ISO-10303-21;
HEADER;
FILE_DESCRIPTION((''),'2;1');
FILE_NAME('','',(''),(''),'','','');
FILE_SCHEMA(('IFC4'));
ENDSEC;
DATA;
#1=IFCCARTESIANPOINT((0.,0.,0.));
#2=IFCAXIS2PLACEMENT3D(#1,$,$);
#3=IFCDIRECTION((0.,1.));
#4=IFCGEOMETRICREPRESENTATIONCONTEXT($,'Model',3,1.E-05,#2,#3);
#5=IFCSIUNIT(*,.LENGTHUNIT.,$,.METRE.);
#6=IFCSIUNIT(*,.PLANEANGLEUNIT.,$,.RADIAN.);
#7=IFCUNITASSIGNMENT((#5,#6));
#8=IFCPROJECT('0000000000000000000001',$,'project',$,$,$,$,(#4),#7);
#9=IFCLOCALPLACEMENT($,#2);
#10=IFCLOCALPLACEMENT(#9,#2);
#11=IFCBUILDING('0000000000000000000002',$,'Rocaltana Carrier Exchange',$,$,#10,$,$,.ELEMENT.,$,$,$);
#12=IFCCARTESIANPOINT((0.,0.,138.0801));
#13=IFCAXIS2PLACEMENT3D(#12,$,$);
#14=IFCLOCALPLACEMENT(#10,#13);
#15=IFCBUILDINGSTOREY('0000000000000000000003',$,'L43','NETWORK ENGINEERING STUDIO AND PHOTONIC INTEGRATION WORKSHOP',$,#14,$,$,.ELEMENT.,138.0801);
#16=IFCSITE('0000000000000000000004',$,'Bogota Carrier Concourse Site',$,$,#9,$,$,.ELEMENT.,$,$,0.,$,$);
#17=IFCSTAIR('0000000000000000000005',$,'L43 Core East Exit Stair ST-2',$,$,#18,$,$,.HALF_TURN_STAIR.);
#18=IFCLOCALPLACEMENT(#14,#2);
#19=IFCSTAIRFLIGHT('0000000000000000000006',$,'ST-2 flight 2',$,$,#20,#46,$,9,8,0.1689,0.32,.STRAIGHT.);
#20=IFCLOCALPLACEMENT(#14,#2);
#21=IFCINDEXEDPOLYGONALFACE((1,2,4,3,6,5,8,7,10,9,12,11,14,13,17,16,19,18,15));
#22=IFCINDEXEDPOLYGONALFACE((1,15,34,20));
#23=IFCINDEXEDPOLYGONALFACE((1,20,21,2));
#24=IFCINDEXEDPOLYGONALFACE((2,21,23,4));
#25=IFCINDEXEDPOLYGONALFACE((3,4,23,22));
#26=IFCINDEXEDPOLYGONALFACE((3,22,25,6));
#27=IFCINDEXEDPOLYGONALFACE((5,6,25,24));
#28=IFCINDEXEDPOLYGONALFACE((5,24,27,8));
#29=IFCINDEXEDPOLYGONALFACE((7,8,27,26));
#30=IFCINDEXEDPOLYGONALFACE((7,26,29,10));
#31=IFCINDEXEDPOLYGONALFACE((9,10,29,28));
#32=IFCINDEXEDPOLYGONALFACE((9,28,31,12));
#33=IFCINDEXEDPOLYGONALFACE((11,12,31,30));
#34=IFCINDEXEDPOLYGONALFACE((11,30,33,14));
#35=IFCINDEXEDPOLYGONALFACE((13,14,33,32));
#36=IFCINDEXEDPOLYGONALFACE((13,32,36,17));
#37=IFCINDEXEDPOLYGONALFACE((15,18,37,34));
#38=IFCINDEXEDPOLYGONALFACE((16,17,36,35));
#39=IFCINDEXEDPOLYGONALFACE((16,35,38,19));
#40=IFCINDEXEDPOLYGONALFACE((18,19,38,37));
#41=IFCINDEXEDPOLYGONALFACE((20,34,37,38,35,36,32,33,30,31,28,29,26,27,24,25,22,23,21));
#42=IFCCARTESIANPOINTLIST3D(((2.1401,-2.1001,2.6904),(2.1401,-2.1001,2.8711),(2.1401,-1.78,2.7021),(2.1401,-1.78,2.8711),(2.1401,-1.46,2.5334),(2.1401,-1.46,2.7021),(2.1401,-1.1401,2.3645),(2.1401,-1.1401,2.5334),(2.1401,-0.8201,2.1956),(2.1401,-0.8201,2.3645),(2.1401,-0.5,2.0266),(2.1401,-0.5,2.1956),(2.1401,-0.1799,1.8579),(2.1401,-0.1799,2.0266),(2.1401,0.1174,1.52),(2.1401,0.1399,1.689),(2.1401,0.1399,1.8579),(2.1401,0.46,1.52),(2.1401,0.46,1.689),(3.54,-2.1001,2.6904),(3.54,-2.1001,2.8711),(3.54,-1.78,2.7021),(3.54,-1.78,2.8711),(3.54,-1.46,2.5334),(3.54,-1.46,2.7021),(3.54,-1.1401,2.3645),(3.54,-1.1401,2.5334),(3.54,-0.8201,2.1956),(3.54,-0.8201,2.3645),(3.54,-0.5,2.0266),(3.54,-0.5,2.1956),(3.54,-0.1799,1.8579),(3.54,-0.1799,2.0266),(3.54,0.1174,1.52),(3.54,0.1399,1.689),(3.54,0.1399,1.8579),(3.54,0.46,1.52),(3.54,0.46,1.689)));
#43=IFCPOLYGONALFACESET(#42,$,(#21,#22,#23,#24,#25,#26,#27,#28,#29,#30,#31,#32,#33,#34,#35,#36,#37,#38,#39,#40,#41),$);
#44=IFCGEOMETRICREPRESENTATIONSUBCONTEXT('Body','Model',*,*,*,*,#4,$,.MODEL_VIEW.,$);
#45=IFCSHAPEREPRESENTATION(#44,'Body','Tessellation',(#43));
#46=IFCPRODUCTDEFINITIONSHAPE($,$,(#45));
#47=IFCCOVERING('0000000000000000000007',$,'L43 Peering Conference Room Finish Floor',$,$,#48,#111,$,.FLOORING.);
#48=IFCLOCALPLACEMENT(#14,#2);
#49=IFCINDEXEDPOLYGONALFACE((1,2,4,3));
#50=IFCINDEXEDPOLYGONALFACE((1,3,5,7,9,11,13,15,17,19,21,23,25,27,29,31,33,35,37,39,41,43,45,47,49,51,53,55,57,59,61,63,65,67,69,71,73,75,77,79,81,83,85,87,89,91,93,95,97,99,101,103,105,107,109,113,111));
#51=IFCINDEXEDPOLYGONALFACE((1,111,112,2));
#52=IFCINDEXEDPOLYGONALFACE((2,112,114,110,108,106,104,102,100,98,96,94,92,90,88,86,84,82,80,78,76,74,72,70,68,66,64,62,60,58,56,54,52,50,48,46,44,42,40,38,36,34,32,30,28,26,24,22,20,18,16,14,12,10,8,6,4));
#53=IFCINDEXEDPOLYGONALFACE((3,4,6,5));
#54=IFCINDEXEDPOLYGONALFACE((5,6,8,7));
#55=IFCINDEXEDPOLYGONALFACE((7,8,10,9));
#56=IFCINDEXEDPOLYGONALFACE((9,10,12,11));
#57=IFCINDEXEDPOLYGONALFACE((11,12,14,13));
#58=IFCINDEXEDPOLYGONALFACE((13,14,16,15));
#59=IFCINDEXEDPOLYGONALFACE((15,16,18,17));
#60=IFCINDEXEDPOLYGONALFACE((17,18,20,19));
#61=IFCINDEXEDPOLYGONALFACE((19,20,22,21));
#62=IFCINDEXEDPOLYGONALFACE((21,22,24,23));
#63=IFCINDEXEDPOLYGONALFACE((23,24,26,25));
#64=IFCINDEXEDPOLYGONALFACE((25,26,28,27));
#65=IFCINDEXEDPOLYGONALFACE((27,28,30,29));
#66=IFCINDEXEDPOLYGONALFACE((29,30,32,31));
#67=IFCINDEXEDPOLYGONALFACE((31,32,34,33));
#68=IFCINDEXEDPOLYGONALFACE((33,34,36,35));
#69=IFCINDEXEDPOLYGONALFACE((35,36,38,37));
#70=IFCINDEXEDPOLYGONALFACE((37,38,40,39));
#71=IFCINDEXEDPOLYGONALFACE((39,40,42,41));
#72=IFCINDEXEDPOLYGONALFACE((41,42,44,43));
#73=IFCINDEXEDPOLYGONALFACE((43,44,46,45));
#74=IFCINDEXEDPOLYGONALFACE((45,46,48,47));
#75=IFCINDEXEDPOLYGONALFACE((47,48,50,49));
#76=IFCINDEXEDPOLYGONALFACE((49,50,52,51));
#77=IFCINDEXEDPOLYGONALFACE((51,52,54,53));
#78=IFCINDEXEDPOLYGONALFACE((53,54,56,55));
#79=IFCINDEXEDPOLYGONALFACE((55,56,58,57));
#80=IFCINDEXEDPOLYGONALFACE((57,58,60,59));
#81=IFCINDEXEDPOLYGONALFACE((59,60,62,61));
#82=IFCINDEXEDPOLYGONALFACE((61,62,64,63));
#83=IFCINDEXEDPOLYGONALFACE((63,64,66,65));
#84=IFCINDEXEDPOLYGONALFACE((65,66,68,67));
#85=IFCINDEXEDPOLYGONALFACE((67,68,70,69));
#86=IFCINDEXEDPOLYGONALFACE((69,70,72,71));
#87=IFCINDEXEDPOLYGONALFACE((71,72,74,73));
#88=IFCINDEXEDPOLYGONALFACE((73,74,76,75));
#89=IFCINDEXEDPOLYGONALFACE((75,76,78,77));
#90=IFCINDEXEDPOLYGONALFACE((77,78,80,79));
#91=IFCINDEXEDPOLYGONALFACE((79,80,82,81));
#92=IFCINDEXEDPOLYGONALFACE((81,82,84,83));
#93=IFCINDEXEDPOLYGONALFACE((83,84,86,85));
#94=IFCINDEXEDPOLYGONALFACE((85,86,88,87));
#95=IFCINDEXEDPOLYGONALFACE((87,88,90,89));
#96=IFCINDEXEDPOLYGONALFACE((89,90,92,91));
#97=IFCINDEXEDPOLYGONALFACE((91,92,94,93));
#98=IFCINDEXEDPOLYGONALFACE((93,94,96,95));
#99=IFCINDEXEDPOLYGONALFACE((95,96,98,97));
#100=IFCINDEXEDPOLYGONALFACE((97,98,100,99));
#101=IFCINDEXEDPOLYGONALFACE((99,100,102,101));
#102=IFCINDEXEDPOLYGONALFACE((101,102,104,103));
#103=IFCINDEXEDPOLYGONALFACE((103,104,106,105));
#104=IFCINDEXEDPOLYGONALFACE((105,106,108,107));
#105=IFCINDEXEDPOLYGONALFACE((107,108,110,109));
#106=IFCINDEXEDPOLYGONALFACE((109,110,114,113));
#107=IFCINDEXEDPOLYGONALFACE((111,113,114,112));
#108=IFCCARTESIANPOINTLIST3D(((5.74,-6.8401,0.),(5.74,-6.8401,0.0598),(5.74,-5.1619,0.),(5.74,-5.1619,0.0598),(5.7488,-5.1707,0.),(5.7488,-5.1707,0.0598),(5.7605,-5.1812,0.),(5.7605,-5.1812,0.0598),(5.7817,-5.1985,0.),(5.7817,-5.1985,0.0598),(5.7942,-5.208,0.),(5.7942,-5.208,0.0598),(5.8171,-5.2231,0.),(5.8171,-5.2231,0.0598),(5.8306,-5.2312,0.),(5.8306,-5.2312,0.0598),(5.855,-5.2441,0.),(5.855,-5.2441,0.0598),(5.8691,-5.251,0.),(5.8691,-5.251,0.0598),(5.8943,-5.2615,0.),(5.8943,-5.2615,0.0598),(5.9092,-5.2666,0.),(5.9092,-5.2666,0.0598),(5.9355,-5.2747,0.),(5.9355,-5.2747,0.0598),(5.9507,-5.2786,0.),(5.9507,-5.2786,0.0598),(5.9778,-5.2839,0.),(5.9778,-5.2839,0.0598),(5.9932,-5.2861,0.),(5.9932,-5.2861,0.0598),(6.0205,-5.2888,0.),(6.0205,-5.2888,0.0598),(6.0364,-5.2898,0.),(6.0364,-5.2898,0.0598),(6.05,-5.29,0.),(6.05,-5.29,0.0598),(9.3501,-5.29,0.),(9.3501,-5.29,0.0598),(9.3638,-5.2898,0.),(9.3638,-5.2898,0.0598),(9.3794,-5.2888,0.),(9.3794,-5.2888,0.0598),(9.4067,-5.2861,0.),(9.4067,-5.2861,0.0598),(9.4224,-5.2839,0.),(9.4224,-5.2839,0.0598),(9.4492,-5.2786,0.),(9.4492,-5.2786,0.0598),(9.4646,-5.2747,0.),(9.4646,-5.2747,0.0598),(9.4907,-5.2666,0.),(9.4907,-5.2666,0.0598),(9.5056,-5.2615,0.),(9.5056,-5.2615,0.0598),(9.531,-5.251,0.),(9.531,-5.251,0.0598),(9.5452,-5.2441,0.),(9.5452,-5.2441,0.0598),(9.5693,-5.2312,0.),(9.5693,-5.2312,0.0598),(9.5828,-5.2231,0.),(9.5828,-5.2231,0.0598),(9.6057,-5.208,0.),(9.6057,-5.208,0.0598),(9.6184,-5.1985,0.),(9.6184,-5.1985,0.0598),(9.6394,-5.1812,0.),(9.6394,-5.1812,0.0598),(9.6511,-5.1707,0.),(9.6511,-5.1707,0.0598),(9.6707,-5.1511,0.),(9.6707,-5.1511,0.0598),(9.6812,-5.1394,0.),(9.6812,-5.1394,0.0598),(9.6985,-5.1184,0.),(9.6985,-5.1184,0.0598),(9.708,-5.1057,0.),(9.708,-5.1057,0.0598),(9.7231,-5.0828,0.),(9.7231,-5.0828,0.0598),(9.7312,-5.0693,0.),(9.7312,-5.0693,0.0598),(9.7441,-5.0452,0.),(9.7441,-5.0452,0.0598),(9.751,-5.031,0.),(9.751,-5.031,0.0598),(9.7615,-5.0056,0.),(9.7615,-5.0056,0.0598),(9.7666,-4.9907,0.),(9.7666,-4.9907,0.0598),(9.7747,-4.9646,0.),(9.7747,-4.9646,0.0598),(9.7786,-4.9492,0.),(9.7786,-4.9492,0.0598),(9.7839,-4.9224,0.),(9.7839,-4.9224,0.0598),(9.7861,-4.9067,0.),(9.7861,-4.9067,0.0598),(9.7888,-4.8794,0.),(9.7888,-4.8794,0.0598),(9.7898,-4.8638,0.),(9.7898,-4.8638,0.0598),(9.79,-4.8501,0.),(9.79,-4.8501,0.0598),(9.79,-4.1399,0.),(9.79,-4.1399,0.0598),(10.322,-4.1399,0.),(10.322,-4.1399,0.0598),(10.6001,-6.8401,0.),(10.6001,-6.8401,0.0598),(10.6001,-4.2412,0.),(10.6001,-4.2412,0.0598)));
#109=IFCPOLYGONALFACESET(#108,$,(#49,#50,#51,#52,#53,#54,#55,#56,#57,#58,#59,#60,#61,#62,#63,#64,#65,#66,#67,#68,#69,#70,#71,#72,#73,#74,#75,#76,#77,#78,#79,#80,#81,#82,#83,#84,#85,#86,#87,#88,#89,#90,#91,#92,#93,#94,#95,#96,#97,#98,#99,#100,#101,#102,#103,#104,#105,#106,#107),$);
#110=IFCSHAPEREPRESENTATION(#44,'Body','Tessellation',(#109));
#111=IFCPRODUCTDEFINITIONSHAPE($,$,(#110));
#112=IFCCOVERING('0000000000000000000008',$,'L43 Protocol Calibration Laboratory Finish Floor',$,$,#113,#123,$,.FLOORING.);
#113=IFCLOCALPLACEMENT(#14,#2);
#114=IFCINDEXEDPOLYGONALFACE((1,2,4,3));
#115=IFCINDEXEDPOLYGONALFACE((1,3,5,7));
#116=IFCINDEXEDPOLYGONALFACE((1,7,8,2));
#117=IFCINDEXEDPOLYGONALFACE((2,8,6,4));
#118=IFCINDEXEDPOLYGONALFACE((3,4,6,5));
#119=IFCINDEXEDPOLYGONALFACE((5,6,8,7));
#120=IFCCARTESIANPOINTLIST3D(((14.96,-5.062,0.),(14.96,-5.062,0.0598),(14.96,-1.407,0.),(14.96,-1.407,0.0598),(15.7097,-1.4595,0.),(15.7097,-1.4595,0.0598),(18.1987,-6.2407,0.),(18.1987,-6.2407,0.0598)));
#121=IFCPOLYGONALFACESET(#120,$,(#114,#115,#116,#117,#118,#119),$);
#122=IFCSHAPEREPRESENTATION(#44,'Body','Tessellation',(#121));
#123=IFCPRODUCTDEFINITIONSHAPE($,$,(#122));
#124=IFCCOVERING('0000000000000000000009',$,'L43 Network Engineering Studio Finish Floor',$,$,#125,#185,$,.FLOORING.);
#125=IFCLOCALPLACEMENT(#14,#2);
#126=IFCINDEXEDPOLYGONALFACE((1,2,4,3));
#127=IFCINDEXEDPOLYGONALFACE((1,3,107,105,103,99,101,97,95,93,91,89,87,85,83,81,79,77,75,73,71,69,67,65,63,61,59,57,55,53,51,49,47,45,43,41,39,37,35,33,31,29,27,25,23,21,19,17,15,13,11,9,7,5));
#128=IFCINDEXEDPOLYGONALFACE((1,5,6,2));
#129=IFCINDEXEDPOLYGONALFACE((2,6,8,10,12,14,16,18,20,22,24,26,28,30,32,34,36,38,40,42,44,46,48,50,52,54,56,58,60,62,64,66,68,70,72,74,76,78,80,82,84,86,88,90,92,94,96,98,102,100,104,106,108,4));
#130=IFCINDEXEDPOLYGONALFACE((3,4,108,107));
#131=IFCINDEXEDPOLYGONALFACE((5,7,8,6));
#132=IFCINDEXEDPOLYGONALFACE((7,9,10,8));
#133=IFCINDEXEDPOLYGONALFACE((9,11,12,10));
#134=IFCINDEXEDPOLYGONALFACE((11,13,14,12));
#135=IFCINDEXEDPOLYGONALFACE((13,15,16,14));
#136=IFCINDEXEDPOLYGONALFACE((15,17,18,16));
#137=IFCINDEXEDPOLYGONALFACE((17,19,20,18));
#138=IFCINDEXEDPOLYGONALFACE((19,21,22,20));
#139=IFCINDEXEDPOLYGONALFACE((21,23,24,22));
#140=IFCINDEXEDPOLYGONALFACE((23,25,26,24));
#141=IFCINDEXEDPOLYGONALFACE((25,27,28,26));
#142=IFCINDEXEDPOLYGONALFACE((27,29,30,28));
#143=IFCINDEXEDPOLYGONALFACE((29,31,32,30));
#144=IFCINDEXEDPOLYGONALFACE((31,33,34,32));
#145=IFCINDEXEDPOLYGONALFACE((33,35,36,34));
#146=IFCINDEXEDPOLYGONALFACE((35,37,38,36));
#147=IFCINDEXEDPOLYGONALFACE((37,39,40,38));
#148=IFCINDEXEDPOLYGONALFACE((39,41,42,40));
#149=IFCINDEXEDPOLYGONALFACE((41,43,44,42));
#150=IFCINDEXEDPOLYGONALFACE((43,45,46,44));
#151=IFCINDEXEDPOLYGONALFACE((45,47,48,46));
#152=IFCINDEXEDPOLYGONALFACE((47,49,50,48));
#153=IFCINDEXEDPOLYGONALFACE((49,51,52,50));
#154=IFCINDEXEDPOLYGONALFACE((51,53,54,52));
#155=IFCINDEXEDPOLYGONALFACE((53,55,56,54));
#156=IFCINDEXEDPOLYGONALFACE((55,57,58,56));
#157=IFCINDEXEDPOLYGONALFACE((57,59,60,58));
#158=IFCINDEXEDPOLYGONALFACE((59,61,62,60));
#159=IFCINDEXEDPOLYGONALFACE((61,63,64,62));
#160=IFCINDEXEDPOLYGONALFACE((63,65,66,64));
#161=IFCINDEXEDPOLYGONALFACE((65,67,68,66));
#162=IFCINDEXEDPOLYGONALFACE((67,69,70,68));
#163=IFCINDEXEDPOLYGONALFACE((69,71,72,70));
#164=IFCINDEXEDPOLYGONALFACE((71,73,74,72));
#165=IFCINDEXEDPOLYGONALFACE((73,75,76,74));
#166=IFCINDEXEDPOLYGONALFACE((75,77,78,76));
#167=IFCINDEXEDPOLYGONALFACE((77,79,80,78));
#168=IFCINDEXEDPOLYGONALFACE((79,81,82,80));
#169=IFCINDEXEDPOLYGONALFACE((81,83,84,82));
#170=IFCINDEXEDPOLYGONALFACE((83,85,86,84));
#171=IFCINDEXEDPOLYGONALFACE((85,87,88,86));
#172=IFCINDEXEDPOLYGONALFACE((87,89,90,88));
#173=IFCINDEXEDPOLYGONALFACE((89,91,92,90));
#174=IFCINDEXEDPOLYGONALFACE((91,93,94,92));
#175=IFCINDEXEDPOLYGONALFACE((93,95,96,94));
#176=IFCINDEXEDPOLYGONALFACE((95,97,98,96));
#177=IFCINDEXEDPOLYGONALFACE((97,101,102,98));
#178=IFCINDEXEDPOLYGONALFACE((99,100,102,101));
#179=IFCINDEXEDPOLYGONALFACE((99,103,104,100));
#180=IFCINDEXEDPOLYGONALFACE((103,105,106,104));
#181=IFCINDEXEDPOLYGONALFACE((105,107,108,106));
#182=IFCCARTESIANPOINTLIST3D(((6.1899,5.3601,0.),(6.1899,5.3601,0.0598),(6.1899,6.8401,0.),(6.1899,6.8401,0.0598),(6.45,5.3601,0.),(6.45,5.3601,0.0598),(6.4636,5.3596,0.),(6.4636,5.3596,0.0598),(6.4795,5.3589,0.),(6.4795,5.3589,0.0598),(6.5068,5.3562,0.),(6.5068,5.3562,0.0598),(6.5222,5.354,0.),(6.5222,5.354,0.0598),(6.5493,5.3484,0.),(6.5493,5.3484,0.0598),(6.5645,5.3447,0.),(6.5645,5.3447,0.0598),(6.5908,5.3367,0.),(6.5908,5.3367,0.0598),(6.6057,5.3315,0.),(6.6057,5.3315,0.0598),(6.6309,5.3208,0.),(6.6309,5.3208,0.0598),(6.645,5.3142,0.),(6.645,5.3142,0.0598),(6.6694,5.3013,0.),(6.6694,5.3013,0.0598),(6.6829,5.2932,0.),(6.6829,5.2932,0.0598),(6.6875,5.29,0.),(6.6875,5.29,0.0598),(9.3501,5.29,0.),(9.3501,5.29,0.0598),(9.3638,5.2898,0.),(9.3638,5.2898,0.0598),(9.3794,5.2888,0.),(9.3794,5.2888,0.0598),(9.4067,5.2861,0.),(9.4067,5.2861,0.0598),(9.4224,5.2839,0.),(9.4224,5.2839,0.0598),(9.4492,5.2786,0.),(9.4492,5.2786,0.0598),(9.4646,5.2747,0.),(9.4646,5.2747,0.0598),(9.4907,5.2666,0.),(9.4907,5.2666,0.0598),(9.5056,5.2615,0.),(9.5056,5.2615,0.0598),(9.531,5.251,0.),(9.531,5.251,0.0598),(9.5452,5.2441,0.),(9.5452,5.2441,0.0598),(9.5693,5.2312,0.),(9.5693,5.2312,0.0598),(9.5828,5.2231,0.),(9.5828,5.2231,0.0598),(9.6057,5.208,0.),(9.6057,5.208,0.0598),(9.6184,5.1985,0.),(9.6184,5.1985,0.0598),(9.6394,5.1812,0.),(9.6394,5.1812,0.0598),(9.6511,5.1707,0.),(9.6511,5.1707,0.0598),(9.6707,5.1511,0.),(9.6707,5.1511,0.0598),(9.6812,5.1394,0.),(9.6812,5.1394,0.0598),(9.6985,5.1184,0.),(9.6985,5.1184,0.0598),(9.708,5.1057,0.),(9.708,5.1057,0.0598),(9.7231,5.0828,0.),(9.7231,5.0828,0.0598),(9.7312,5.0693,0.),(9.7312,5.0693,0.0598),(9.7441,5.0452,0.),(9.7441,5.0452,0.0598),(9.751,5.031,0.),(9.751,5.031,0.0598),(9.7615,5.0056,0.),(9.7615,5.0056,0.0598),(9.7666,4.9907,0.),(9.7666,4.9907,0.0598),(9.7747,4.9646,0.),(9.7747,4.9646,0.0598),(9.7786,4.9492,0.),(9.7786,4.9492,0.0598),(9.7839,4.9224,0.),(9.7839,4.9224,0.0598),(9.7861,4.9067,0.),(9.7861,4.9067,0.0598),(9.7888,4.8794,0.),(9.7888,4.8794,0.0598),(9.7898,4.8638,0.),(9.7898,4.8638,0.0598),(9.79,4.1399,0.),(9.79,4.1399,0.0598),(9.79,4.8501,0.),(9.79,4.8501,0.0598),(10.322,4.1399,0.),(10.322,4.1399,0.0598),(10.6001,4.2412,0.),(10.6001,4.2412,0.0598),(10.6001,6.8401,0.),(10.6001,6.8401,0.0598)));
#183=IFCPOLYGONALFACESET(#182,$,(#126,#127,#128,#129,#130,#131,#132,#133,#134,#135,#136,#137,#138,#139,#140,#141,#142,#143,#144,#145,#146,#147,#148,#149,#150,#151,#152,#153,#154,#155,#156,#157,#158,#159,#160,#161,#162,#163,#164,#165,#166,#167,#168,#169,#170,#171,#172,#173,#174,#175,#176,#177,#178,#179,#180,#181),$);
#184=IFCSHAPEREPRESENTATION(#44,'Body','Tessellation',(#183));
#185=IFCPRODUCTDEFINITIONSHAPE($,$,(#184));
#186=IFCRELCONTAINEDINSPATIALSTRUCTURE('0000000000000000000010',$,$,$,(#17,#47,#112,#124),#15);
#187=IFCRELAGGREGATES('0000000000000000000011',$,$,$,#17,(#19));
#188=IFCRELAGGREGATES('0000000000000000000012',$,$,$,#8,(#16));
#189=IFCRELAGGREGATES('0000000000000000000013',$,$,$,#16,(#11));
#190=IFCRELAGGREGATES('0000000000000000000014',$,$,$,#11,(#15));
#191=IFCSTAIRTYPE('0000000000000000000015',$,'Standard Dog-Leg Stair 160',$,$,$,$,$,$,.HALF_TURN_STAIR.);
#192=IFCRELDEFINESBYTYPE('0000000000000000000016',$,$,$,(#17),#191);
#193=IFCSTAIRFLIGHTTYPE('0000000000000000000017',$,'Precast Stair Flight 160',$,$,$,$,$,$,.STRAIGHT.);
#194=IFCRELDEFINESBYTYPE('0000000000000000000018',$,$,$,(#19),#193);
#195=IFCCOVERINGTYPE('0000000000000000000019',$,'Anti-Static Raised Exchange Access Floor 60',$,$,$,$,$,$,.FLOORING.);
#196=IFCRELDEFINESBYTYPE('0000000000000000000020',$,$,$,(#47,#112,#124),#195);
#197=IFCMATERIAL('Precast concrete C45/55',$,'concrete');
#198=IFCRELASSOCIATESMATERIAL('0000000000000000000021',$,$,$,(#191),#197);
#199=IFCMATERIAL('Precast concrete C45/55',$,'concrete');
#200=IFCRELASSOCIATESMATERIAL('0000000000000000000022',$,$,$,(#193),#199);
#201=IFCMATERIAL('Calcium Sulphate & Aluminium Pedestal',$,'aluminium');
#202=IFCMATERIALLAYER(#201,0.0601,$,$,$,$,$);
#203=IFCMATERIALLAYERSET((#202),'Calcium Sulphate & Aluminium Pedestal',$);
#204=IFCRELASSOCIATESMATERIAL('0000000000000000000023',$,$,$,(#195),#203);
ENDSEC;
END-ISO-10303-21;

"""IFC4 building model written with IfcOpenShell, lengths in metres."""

from ifc_helpers import new_model, si_unit, direction, frame, origin, place, context, subcontext, project, spatial, polyline, outline, extrude, material, layer, layer_set, type_object, element, aggregate, save


model = new_model("IFC4")

# Units and contexts
model_context = context("Model", 3, precision=1e-05, world=origin(), true_north=direction((0.0, 1.0)))
body_context = subcontext(model_context, "Body", "Model", "MODEL_VIEW")
ifc_project = project(units=[si_unit("LENGTHUNIT", "METRE"), si_unit("PLANEANGLEUNIT", "RADIAN")], contexts=[model_context])

# Site, building, storey
site_placement = place(None, origin())
site = spatial("IfcSite", under=ifc_project, at=site_placement, Name="Bogota Carrier Concourse Site", CompositionType="ELEMENT", RefElevation=0.0)
building_placement = place(site_placement, origin())
building = spatial("IfcBuilding", under=site, at=building_placement, Name="Rocaltana Carrier Exchange", CompositionType="ELEMENT")
storey_placement = place(building_placement, frame((0.0, 0.0, 138.0801)))
storey = spatial("IfcBuildingStorey", under=building, at=storey_placement, Name="L43", Description="NETWORK ENGINEERING STUDIO AND PHOTONIC INTEGRATION WORKSHOP", CompositionType="ELEMENT", Elevation=138.0801)

# Stair, stair flight
ifc_material_1 = material(Name="Precast concrete C45/55", Category="concrete")
stair_type = type_object("IfcStairType", Name="Standard Dog-Leg Stair 160", PredefinedType="HALF_TURN_STAIR", material=ifc_material_1)
stair_placement = place(storey_placement, origin())
stair = element("IfcStair", 1, at=stair_placement, inside=storey, type_object=stair_type, Name="L43 Core East Exit Stair ST-2", PredefinedType="HALF_TURN_STAIR")
ifc_material_2 = material(Name="Precast concrete C45/55", Category="concrete")
stair_flight_type = type_object("IfcStairFlightType", Name="Precast Stair Flight 160", PredefinedType="STRAIGHT", material=ifc_material_2)
stair_flight_placement = place(storey_placement, frame((2.8401, 0.46, 1.52), z_axis=(0.0, 0.0, 1.0), x_axis=(0.0, -1.0, 0.0)))
stair_flight = element("IfcStairFlight", 2, at=stair_flight_placement, type_object=stair_flight_type, Name="ST-2 flight 2", NumberOfRisers=9, NumberOfTreads=8, PredefinedType="STRAIGHT", RiserHeight=0.1689, TreadLength=0.32, context=body_context, shape_type="SweptSolid", body=[
    extrude(outline(polyline([(0.0, 0.0), (0.0, 0.1689), (0.3201, 0.1689), (0.3201, 0.3379), (0.6399, 0.3379), (0.6399, 0.5066), (0.96, 0.5066), (0.96, 0.6755), (1.28, 0.6755), (1.28, 0.8445), (1.6001, 0.8445), (1.6001, 1.0134), (1.9199, 1.0134), (1.9199, 1.1821), (2.24, 1.1821), (2.24, 1.3511), (2.5601, 1.3511), (2.5601, 1.52), (2.5601, 1.1704), (0.3425, 0.0), (0.0, 0.0)])), frame((0.0, 0.7, 0.0), z_axis=(0.0, -1.0, 0.0), x_axis=(1.0, 0.0, 0.0)), (0.0, 0.0, 1.0), 1.3999),
])
aggregate(stair, [stair_flight])

# Coverings
ifc_material_3 = material(Name="Calcium Sulphate & Aluminium Pedestal", Category="aluminium")
ifc_layer_1 = layer(ifc_material_3, 0.0601)
ifc_layer_set_1 = layer_set([ifc_layer_1], Name="Calcium Sulphate & Aluminium Pedestal")
covering_type_1 = type_object("IfcCoveringType", Name="Anti-Static Raised Exchange Access Floor 60", PredefinedType="FLOORING", material=ifc_layer_set_1)
covering_1_placement = place(storey_placement, origin())
element("IfcCovering", 3, at=covering_1_placement, inside=storey, type_object=covering_type_1, Name="L43 Peering Conference Room Finish Floor", PredefinedType="FLOORING", context=body_context, shape_type="SweptSolid", body=[
    extrude(outline(polyline([(5.74, -6.8401), (5.74, -5.1619), (5.7488, -5.1707), (5.7605, -5.1812), (5.7817, -5.1985), (5.7942, -5.208), (5.8171, -5.2231), (5.8306, -5.2312), (5.855, -5.2441), (5.8691, -5.251), (5.8943, -5.2615), (5.9092, -5.2666), (5.9355, -5.2747), (5.9507, -5.2786), (5.9778, -5.2839), (5.9932, -5.2861), (6.0205, -5.2888), (6.0364, -5.2898), (6.05, -5.29), (9.3501, -5.29), (9.3638, -5.2898), (9.3794, -5.2888), (9.4067, -5.2861), (9.4224, -5.2839), (9.4492, -5.2786), (9.4646, -5.2747), (9.4907, -5.2666), (9.5056, -5.2615), (9.531, -5.251), (9.5452, -5.2441), (9.5693, -5.2312), (9.5828, -5.2231), (9.6057, -5.208), (9.6184, -5.1985), (9.6394, -5.1812), (9.6511, -5.1707), (9.6707, -5.1511), (9.6812, -5.1394), (9.6985, -5.1184), (9.708, -5.1057), (9.7231, -5.0828), (9.7312, -5.0693), (9.7441, -5.0452), (9.751, -5.031), (9.7615, -5.0056), (9.7666, -4.9907), (9.7747, -4.9646), (9.7786, -4.9492), (9.7839, -4.9224), (9.7861, -4.9067), (9.7888, -4.8794), (9.7898, -4.8638), (9.79, -4.8501), (9.79, -4.1399), (10.322, -4.1399), (10.6001, -4.2412), (10.6001, -6.8401), (5.74, -6.8401)])), origin(), (0.0, 0.0, 1.0), 0.0598),
])
covering_2_placement = place(storey_placement, origin())
element("IfcCovering", 4, at=covering_2_placement, inside=storey, type_object=covering_type_1, Name="L43 Protocol Calibration Laboratory Finish Floor", PredefinedType="FLOORING", context=body_context, shape_type="SweptSolid", body=[
    extrude(outline(polyline([(18.1987, -6.2407), (14.96, -5.062), (14.96, -1.407), (15.7097, -1.4595), (18.1987, -6.2407)])), origin(), (0.0, 0.0, 1.0), 0.0598),
])
covering_3_placement = place(storey_placement, origin())
element("IfcCovering", 5, at=covering_3_placement, inside=storey, type_object=covering_type_1, Name="L43 Network Engineering Studio Finish Floor", PredefinedType="FLOORING", context=body_context, shape_type="SweptSolid", body=[
    extrude(outline(polyline([(6.1899, 6.8401), (10.6001, 6.8401), (10.6001, 4.2412), (10.322, 4.1399), (9.79, 4.1399), (9.79, 4.8501), (9.7898, 4.8638), (9.7888, 4.8794), (9.7861, 4.9067), (9.7839, 4.9224), (9.7786, 4.9492), (9.7747, 4.9646), (9.7666, 4.9907), (9.7615, 5.0056), (9.751, 5.031), (9.7441, 5.0452), (9.7312, 5.0693), (9.7231, 5.0828), (9.708, 5.1057), (9.6985, 5.1184), (9.6812, 5.1394), (9.6707, 5.1511), (9.6511, 5.1707), (9.6394, 5.1812), (9.6184, 5.1985), (9.6057, 5.208), (9.5828, 5.2231), (9.5693, 5.2312), (9.5452, 5.2441), (9.531, 5.251), (9.5056, 5.2615), (9.4907, 5.2666), (9.4646, 5.2747), (9.4492, 5.2786), (9.4224, 5.2839), (9.4067, 5.2861), (9.3794, 5.2888), (9.3638, 5.2898), (9.3501, 5.29), (6.6875, 5.29), (6.6829, 5.2932), (6.6694, 5.3013), (6.645, 5.3142), (6.6309, 5.3208), (6.6057, 5.3315), (6.5908, 5.3367), (6.5645, 5.3447), (6.5493, 5.3484), (6.5222, 5.354), (6.5068, 5.3562), (6.4795, 5.3589), (6.4636, 5.3596), (6.45, 5.3601), (6.1899, 5.3601), (6.1899, 6.8401)])), origin(), (0.0, 0.0, 1.0), 0.0598),
])

save(model, "model.ifc")
